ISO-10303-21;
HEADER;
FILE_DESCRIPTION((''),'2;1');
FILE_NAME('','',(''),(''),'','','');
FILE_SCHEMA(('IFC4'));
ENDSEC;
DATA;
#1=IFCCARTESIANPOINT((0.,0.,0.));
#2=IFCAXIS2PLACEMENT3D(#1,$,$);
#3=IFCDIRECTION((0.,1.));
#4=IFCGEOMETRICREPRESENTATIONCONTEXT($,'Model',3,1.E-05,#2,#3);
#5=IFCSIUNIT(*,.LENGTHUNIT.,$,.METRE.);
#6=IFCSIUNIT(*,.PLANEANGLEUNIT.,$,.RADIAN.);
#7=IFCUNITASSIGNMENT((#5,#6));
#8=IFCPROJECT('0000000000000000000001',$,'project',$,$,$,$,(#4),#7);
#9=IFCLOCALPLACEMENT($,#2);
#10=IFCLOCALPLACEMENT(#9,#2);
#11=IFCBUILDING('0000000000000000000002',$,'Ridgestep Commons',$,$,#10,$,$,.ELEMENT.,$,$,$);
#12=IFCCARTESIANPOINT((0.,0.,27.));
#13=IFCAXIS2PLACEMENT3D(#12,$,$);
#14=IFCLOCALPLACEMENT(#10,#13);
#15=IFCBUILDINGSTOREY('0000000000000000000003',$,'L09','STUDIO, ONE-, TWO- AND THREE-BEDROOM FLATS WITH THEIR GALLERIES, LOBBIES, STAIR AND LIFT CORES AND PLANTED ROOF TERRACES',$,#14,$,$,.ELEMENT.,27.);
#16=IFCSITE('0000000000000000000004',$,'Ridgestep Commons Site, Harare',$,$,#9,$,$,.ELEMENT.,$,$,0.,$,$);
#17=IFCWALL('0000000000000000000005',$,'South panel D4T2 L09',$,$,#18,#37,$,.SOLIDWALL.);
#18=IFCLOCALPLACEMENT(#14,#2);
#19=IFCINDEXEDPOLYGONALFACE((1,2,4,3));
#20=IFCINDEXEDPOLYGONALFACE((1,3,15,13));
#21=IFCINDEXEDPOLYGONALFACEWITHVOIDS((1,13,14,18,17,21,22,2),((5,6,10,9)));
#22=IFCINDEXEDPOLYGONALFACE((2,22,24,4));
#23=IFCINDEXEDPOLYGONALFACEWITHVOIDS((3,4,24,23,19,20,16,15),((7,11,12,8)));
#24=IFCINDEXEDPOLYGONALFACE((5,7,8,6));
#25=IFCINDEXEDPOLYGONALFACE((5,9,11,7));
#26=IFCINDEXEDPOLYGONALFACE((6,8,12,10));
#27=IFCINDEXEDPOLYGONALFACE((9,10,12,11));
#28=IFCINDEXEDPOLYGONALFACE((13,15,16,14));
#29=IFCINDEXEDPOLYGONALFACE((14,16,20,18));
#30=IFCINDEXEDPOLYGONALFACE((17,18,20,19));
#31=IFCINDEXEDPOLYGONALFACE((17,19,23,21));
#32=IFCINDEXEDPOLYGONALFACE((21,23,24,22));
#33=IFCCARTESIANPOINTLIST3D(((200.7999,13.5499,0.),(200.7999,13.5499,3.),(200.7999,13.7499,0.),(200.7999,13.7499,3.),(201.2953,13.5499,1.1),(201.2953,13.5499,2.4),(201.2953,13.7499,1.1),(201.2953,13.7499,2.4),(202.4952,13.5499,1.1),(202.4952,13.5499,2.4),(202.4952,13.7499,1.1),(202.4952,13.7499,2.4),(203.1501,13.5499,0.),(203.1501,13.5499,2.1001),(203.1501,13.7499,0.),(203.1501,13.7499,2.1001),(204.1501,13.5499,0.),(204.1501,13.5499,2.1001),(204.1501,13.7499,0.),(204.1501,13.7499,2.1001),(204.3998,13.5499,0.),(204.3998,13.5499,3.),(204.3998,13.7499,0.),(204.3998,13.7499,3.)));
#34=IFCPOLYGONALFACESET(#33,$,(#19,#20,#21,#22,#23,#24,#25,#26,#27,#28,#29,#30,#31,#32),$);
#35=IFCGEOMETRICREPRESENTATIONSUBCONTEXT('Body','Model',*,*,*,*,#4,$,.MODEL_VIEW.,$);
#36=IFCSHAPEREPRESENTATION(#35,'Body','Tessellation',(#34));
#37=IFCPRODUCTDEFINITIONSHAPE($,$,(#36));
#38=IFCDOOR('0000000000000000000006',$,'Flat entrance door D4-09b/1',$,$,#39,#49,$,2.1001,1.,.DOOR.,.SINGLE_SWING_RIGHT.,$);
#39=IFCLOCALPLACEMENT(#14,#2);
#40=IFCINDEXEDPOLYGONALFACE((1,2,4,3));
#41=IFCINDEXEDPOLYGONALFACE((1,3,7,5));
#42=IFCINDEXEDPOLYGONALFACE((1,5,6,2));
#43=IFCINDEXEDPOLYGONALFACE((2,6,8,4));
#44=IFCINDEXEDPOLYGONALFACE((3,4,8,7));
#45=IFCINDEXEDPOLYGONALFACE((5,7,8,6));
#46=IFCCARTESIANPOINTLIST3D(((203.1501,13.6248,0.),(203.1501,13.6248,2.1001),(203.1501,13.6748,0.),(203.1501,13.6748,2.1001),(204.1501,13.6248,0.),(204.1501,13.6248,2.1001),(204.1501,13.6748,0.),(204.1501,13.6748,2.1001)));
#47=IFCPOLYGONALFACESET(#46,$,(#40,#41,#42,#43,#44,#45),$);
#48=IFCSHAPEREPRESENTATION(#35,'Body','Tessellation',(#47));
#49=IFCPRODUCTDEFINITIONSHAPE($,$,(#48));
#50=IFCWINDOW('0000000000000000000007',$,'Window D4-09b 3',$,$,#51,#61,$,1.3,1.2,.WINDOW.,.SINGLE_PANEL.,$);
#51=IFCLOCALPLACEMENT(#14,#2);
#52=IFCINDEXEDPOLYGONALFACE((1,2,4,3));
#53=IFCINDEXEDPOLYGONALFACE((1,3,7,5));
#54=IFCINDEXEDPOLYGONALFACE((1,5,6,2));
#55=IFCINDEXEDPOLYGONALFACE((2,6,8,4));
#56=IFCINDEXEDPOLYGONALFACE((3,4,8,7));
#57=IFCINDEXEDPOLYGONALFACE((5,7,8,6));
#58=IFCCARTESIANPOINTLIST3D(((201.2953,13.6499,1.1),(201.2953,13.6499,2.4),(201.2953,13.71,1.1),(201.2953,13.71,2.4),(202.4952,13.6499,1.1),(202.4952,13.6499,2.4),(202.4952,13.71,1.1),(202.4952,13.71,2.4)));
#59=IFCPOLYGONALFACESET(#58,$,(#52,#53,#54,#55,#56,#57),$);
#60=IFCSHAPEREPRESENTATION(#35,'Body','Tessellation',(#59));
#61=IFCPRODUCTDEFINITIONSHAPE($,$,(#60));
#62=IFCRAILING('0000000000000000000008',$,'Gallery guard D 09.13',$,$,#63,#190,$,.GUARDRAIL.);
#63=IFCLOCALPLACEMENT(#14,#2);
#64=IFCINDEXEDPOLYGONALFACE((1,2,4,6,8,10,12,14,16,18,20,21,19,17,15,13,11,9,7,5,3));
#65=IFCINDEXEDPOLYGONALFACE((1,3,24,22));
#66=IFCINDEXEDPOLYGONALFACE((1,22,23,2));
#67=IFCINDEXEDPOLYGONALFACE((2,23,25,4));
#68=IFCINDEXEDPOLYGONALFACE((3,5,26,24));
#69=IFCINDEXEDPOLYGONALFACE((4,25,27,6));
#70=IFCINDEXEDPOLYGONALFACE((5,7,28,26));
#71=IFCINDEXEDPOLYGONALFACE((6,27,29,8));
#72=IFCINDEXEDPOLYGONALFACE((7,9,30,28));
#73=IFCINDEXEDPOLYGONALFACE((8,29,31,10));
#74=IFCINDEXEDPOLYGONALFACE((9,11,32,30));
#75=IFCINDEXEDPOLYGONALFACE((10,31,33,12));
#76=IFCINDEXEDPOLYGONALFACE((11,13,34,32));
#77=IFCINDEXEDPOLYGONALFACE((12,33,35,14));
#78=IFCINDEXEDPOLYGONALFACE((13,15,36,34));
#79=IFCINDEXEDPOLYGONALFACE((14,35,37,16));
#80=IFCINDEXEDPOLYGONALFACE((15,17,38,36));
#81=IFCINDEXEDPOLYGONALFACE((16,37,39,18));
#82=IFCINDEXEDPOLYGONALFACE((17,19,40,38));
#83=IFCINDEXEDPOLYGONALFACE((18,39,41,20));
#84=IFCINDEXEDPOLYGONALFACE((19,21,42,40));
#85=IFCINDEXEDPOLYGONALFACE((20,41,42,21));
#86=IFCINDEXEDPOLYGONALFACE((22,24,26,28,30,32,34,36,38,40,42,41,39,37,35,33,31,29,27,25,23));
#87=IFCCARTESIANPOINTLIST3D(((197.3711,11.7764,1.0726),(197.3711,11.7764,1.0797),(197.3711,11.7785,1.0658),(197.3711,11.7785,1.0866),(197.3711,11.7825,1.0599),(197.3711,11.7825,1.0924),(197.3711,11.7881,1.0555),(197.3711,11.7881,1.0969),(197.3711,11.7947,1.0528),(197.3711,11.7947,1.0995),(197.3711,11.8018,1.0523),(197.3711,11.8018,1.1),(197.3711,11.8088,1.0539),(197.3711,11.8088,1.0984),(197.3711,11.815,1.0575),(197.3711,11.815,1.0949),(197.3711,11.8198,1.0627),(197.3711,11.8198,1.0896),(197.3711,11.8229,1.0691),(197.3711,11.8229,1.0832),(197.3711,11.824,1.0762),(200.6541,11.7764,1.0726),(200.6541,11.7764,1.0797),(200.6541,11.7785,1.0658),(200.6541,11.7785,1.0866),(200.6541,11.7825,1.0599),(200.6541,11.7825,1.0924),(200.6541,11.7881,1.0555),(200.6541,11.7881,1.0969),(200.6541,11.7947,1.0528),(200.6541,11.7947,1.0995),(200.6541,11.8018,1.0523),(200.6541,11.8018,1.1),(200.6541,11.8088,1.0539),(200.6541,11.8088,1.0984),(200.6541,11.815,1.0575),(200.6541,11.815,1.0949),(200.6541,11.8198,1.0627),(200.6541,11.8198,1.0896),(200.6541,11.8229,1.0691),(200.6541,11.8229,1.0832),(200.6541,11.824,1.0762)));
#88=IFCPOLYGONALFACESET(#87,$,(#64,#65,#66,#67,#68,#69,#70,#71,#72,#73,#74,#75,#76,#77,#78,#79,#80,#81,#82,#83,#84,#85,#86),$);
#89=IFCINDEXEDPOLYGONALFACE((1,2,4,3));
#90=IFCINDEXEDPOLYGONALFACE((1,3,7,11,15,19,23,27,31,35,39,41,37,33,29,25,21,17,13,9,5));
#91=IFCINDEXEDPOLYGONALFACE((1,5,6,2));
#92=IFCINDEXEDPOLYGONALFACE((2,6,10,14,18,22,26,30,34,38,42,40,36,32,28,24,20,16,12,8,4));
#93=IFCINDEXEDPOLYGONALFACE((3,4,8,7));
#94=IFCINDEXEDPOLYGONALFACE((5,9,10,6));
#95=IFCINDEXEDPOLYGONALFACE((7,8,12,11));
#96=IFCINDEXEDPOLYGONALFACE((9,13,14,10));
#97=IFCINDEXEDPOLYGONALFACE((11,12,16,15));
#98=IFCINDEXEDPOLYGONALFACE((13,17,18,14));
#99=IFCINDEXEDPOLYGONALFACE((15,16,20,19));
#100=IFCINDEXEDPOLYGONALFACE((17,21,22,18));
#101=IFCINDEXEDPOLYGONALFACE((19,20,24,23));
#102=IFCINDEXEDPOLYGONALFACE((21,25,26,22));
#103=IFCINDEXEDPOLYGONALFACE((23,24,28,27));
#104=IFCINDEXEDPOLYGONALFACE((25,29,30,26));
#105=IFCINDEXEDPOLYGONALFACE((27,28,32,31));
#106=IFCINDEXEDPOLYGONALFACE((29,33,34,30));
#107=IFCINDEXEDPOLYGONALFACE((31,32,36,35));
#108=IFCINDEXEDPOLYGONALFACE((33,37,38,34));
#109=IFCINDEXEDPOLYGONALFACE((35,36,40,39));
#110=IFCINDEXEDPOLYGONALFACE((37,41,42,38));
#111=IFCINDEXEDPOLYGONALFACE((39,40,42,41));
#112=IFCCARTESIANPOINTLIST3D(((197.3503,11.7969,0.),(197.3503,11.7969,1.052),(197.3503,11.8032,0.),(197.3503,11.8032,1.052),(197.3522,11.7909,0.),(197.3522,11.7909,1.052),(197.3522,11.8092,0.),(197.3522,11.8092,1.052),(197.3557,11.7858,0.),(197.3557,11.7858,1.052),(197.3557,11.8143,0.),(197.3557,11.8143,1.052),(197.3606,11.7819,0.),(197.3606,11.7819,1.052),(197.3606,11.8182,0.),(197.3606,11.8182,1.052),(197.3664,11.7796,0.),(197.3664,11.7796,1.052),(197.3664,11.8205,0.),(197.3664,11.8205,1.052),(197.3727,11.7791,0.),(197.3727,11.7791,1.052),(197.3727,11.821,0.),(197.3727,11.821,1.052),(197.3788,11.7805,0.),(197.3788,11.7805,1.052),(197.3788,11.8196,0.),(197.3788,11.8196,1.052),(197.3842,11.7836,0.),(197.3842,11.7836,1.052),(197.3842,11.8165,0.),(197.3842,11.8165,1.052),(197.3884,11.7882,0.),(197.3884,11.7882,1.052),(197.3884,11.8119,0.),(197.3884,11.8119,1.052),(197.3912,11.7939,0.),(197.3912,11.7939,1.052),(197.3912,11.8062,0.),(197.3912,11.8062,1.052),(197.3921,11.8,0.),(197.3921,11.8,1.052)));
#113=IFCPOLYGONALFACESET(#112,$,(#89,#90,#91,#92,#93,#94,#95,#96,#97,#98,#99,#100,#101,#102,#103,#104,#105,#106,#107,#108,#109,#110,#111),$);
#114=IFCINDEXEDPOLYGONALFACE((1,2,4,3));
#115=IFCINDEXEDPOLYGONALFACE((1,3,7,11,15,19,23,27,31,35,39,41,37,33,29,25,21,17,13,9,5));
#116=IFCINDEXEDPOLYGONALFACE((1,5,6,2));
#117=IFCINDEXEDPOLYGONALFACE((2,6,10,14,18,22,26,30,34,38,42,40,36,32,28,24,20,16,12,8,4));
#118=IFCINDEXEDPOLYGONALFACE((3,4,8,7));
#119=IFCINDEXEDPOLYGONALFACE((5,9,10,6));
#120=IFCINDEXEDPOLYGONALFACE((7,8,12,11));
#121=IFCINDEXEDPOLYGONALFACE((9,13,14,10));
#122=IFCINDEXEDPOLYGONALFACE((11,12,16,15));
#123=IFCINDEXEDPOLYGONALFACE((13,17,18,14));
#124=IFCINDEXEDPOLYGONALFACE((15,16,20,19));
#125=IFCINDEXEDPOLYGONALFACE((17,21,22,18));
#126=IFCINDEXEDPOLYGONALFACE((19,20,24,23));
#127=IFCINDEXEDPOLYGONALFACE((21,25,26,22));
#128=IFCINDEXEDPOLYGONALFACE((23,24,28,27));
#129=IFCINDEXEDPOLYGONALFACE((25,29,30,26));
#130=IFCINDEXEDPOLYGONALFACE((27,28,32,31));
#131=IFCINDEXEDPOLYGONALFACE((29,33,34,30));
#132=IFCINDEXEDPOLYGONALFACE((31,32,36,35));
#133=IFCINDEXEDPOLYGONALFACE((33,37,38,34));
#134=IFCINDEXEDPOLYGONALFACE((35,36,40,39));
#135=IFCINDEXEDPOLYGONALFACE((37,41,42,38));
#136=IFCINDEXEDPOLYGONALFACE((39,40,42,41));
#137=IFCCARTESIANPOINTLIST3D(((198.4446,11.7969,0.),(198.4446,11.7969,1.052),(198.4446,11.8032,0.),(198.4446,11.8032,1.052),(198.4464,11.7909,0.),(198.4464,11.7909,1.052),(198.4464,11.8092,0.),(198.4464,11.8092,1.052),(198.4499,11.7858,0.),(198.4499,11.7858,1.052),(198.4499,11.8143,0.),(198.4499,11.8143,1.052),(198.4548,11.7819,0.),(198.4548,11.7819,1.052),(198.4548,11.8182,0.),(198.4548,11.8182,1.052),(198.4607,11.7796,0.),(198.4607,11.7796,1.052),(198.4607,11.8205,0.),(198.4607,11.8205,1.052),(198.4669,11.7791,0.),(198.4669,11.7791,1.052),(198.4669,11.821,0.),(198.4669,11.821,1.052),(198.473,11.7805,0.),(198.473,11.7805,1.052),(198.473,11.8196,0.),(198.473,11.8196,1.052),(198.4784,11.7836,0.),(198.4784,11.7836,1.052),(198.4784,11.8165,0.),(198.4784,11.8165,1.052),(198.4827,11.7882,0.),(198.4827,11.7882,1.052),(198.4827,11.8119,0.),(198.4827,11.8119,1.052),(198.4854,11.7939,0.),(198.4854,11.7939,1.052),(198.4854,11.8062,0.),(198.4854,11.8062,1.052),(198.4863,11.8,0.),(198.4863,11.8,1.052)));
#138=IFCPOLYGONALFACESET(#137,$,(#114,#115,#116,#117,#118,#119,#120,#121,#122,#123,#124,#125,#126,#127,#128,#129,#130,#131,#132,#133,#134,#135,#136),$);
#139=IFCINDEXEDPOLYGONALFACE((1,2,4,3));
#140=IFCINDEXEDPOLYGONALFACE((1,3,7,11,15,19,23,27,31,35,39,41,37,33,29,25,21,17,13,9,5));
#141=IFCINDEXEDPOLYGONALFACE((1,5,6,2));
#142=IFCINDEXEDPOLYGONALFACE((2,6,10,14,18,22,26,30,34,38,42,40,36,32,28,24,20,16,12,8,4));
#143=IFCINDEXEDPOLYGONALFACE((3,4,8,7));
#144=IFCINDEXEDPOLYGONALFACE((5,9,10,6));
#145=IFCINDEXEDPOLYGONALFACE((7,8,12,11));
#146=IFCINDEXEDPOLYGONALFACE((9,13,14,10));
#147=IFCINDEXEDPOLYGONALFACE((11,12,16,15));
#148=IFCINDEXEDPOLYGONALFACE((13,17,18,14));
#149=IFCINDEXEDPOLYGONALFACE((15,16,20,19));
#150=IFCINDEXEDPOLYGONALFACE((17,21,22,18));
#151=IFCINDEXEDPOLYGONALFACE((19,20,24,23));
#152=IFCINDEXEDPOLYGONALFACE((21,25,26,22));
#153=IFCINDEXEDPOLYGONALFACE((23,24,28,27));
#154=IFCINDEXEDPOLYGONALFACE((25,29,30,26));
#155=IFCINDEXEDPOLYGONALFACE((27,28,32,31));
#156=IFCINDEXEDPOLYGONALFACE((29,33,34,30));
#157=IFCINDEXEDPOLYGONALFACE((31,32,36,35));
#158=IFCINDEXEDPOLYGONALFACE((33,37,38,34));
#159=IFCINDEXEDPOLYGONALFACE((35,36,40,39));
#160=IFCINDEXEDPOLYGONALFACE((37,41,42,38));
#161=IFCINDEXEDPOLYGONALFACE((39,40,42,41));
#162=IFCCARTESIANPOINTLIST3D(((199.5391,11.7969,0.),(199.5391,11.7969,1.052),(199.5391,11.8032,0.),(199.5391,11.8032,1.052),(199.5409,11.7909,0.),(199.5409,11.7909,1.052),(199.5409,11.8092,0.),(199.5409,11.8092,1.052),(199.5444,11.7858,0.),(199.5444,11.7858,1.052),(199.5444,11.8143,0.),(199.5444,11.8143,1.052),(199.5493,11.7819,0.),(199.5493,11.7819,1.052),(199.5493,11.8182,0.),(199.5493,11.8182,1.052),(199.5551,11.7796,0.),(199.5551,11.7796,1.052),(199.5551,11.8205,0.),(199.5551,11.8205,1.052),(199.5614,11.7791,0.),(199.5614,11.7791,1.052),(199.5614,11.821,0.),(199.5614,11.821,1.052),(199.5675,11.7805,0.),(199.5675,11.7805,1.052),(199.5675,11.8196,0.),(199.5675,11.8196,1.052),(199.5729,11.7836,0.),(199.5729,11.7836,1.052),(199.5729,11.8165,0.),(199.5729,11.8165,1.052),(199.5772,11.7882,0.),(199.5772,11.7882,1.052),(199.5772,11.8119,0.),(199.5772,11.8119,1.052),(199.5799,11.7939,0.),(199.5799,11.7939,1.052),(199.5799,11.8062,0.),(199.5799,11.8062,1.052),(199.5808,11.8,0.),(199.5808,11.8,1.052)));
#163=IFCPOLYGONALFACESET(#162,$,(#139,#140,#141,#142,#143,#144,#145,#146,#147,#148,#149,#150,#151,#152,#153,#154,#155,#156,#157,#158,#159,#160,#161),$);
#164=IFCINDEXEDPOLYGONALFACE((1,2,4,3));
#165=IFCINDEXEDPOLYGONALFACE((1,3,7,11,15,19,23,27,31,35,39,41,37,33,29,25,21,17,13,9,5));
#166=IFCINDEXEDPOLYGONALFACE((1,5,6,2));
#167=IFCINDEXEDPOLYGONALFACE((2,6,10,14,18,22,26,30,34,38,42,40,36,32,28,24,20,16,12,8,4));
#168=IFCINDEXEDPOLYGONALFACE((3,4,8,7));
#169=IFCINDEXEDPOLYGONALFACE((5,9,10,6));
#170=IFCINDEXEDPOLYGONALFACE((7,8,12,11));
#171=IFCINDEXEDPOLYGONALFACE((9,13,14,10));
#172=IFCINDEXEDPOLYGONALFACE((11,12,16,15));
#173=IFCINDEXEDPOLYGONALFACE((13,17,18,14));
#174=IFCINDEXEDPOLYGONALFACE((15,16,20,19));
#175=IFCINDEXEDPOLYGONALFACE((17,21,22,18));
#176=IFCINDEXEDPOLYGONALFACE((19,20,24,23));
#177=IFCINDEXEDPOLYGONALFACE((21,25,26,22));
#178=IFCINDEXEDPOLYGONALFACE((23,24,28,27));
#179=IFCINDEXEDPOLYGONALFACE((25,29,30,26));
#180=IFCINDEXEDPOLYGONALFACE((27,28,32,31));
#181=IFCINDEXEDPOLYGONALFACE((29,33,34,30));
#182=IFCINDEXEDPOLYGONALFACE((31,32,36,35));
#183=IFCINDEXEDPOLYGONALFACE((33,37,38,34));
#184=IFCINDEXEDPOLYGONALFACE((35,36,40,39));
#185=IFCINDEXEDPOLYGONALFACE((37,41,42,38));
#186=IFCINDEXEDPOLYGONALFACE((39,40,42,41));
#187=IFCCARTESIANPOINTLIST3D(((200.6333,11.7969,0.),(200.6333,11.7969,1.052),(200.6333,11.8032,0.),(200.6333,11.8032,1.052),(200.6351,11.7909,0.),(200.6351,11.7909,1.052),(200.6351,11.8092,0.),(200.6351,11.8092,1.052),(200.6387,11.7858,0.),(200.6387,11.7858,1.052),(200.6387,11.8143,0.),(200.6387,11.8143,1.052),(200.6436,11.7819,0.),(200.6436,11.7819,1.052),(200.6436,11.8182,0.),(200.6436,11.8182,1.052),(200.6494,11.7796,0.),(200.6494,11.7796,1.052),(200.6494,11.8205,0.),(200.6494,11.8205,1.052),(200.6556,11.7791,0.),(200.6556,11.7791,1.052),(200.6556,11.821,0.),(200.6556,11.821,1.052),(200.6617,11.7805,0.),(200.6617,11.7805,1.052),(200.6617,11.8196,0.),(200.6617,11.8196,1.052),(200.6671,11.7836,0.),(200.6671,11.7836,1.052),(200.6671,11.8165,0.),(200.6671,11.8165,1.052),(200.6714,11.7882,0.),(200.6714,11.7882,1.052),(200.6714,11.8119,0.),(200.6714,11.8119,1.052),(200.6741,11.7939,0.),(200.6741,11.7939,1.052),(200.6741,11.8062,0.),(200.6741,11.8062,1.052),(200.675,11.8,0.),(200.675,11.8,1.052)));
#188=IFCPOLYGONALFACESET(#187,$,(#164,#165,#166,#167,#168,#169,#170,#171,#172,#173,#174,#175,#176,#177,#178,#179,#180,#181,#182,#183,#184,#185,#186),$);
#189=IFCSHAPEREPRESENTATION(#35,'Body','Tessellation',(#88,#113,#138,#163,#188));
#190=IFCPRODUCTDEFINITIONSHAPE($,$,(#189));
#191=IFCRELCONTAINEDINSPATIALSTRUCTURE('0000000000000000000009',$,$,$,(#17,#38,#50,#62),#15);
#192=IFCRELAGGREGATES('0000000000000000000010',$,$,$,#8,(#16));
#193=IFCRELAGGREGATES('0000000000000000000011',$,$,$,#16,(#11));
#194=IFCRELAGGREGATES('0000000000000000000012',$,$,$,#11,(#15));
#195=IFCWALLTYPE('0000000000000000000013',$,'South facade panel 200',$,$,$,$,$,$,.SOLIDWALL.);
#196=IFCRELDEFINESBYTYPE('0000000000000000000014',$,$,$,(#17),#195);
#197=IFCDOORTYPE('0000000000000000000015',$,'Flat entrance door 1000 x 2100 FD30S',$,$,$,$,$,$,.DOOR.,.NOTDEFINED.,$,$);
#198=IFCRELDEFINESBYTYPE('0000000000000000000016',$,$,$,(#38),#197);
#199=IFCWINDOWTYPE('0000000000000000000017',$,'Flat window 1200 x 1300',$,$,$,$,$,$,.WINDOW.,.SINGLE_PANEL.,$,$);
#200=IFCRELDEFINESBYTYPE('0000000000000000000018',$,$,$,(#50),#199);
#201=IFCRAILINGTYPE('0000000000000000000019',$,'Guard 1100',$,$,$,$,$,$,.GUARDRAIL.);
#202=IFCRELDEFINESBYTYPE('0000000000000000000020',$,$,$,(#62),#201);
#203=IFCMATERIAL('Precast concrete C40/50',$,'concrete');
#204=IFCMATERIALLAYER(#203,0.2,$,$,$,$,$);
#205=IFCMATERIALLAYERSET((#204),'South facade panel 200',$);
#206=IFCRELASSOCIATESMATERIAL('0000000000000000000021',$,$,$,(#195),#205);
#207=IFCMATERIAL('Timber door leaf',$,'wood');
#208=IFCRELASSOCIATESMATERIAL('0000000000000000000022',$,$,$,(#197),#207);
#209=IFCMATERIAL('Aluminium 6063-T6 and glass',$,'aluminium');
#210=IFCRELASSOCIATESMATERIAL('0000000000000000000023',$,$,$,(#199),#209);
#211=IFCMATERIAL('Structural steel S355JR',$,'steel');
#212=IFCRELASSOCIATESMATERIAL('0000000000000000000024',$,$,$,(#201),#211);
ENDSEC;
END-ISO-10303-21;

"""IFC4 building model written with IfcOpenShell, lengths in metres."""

from ifc_helpers import new_model, si_unit, direction, frame, frame_2d, origin, origin_2d, place, context, subcontext, project, spatial, rectangle, circle, extrude, material, layer, layer_set, type_object, element, fill, save


model = new_model("IFC4")

# Units and contexts
model_context = context("Model", 3, precision=1e-05, world=origin(), true_north=direction((0.0, 1.0)))
body_context = subcontext(model_context, "Body", "Model", "MODEL_VIEW")
ifc_project = project(units=[si_unit("LENGTHUNIT", "METRE"), si_unit("PLANEANGLEUNIT", "RADIAN")], contexts=[model_context])

# Site, building, storey
site_placement = place(None, origin())
site = spatial("IfcSite", under=ifc_project, at=site_placement, Name="Ridgestep Commons Site, Harare", CompositionType="ELEMENT", RefElevation=0.0)
building_placement = place(site_placement, origin())
building = spatial("IfcBuilding", under=site, at=building_placement, Name="Ridgestep Commons", CompositionType="ELEMENT")
storey_placement = place(building_placement, frame((0.0, 0.0, 27.0)))
storey = spatial("IfcBuildingStorey", under=building, at=storey_placement, Name="L09", Description="STUDIO, ONE-, TWO- AND THREE-BEDROOM FLATS WITH THEIR GALLERIES, LOBBIES, STAIR AND LIFT CORES AND PLANTED ROOF TERRACES", CompositionType="ELEMENT", Elevation=27.0)

# Wall, openings, door, window
ifc_material_1 = material(Name="Precast concrete C40/50", Category="concrete")
ifc_layer_1 = layer(ifc_material_1, 0.2)
ifc_layer_set_1 = layer_set([ifc_layer_1], Name="South facade panel 200")
wall_type_1 = type_object("IfcWallType", Name="South facade panel 200", PredefinedType="SOLIDWALL", material=ifc_layer_set_1)
wall_1_placement = place(storey_placement, frame((200.8, 13.6499, 0.0), z_axis=(0.0, 0.0, 1.0), x_axis=(1.0, 0.0, 0.0)))
wall_1 = element("IfcWall", 1, at=wall_1_placement, inside=storey, type_object=wall_type_1, Name="South panel D4T2 L09", PredefinedType="SOLIDWALL", context=body_context, shape_type="SweptSolid", body=[
    extrude(rectangle(XDim=3.5999, YDim=0.2, at=frame_2d((1.7998, 0.0))), origin(), (0.0, 0.0, 1.0), 3.0),
])
opening_1_placement = place(wall_1_placement, frame((0.4951, 0.0, 1.1001)))
opening_1 = element("IfcOpeningElement", 2, at=opening_1_placement, cuts=wall_1, PredefinedType="OPENING", context=body_context, shape_type="SweptSolid", body=[
    extrude(rectangle(XDim=1.2, YDim=1.3, at=frame_2d((0.6001, 0.6499))), frame((0.0, 0.1099, 0.0), z_axis=(0.0, -1.0, 0.0), x_axis=(1.0, 0.0, 0.0)), (0.0, 0.0, 1.0), 0.22),
])
opening_2_placement = place(wall_1_placement, frame((2.3501, 0.0, 0.0)))
opening_2 = element("IfcOpeningElement", 3, at=opening_2_placement, cuts=wall_1, PredefinedType="OPENING", context=body_context, shape_type="SweptSolid", body=[
    extrude(rectangle(XDim=1.0, YDim=2.1001, at=frame_2d((0.5, 1.05))), frame((0.0, 0.1099, 0.0), z_axis=(0.0, -1.0, 0.0), x_axis=(1.0, 0.0, 0.0)), (0.0, 0.0, 1.0), 0.22),
])
ifc_material_2 = material(Name="Timber door leaf", Category="wood")
door_type_1 = type_object("IfcDoorType", Name="Flat entrance door 1000 x 2100 FD30S", OperationType="NOTDEFINED", PredefinedType="DOOR", material=ifc_material_2)
door_1_placement = place(opening_2_placement, origin())
door_1 = element("IfcDoor", 4, at=door_1_placement, inside=storey, type_object=door_type_1, Name="Flat entrance door D4-09b/1", OperationType="SINGLE_SWING_RIGHT", OverallHeight=2.1001, OverallWidth=1.0, PredefinedType="DOOR", context=body_context, shape_type="SweptSolid", body=[
    extrude(rectangle(XDim=1.0, YDim=2.1001, at=frame_2d((0.5, 1.05))), frame((0.0, 0.0249, 0.0), z_axis=(0.0, -1.0, 0.0), x_axis=(1.0, 0.0, 0.0)), (0.0, 0.0, 1.0), 0.05),
])
fill(opening_2, door_1)
ifc_material_3 = material(Name="Aluminium 6063-T6 and glass", Category="aluminium")
window_type = type_object("IfcWindowType", Name="Flat window 1200 x 1300", PartitioningType="SINGLE_PANEL", PredefinedType="WINDOW", material=ifc_material_3)
window_placement = place(opening_1_placement, origin())
window = element("IfcWindow", 5, at=window_placement, inside=storey, type_object=window_type, Name="Window D4-09b 3", OverallHeight=1.3, OverallWidth=1.2, PartitioningType="SINGLE_PANEL", PredefinedType="WINDOW", context=body_context, shape_type="SweptSolid", body=[
    extrude(rectangle(XDim=1.2, YDim=1.3, at=frame_2d((0.6001, 0.6499))), frame((0.0, 0.0601, 0.0), z_axis=(0.0, -1.0, 0.0), x_axis=(1.0, 0.0, 0.0)), (0.0, 0.0, 1.0), 0.0601),
])
fill(opening_1, window)

# Railing
ifc_material_4 = material(Name="Structural steel S355JR", Category="steel")
railing_type = type_object("IfcRailingType", Name="Guard 1100", PredefinedType="GUARDRAIL", material=ifc_material_4)
railing_placement = place(storey_placement, frame((197.3711, 11.8, 0.0)))
element("IfcRailing", 6, at=railing_placement, inside=storey, type_object=railing_type, Name="Gallery guard D 09.13", PredefinedType="GUARDRAIL", context=body_context, shape_type="SweptSolid", body=[
    extrude(circle(Radius=0.0239, at=origin_2d()), frame((0.0, 0.0, 1.0762), z_axis=(1.0, 0.0, 0.0), x_axis=(0.0, 1.0, 0.0)), (0.0, 0.0, 1.0), 3.283),
    extrude(circle(Radius=0.021, at=origin_2d()), origin(), (0.0, 0.0, 1.0), 1.052),
    extrude(circle(Radius=0.021, at=origin_2d()), frame((1.0942, 0.0, 0.0)), (0.0, 0.0, 1.0), 1.052),
    extrude(circle(Radius=0.021, at=origin_2d()), frame((2.1887, 0.0, 0.0)), (0.0, 0.0, 1.0), 1.052),
    extrude(circle(Radius=0.021, at=origin_2d()), frame((3.283, 0.0, 0.0)), (0.0, 0.0, 1.0), 1.052),
])

save(model, "model.ifc")
